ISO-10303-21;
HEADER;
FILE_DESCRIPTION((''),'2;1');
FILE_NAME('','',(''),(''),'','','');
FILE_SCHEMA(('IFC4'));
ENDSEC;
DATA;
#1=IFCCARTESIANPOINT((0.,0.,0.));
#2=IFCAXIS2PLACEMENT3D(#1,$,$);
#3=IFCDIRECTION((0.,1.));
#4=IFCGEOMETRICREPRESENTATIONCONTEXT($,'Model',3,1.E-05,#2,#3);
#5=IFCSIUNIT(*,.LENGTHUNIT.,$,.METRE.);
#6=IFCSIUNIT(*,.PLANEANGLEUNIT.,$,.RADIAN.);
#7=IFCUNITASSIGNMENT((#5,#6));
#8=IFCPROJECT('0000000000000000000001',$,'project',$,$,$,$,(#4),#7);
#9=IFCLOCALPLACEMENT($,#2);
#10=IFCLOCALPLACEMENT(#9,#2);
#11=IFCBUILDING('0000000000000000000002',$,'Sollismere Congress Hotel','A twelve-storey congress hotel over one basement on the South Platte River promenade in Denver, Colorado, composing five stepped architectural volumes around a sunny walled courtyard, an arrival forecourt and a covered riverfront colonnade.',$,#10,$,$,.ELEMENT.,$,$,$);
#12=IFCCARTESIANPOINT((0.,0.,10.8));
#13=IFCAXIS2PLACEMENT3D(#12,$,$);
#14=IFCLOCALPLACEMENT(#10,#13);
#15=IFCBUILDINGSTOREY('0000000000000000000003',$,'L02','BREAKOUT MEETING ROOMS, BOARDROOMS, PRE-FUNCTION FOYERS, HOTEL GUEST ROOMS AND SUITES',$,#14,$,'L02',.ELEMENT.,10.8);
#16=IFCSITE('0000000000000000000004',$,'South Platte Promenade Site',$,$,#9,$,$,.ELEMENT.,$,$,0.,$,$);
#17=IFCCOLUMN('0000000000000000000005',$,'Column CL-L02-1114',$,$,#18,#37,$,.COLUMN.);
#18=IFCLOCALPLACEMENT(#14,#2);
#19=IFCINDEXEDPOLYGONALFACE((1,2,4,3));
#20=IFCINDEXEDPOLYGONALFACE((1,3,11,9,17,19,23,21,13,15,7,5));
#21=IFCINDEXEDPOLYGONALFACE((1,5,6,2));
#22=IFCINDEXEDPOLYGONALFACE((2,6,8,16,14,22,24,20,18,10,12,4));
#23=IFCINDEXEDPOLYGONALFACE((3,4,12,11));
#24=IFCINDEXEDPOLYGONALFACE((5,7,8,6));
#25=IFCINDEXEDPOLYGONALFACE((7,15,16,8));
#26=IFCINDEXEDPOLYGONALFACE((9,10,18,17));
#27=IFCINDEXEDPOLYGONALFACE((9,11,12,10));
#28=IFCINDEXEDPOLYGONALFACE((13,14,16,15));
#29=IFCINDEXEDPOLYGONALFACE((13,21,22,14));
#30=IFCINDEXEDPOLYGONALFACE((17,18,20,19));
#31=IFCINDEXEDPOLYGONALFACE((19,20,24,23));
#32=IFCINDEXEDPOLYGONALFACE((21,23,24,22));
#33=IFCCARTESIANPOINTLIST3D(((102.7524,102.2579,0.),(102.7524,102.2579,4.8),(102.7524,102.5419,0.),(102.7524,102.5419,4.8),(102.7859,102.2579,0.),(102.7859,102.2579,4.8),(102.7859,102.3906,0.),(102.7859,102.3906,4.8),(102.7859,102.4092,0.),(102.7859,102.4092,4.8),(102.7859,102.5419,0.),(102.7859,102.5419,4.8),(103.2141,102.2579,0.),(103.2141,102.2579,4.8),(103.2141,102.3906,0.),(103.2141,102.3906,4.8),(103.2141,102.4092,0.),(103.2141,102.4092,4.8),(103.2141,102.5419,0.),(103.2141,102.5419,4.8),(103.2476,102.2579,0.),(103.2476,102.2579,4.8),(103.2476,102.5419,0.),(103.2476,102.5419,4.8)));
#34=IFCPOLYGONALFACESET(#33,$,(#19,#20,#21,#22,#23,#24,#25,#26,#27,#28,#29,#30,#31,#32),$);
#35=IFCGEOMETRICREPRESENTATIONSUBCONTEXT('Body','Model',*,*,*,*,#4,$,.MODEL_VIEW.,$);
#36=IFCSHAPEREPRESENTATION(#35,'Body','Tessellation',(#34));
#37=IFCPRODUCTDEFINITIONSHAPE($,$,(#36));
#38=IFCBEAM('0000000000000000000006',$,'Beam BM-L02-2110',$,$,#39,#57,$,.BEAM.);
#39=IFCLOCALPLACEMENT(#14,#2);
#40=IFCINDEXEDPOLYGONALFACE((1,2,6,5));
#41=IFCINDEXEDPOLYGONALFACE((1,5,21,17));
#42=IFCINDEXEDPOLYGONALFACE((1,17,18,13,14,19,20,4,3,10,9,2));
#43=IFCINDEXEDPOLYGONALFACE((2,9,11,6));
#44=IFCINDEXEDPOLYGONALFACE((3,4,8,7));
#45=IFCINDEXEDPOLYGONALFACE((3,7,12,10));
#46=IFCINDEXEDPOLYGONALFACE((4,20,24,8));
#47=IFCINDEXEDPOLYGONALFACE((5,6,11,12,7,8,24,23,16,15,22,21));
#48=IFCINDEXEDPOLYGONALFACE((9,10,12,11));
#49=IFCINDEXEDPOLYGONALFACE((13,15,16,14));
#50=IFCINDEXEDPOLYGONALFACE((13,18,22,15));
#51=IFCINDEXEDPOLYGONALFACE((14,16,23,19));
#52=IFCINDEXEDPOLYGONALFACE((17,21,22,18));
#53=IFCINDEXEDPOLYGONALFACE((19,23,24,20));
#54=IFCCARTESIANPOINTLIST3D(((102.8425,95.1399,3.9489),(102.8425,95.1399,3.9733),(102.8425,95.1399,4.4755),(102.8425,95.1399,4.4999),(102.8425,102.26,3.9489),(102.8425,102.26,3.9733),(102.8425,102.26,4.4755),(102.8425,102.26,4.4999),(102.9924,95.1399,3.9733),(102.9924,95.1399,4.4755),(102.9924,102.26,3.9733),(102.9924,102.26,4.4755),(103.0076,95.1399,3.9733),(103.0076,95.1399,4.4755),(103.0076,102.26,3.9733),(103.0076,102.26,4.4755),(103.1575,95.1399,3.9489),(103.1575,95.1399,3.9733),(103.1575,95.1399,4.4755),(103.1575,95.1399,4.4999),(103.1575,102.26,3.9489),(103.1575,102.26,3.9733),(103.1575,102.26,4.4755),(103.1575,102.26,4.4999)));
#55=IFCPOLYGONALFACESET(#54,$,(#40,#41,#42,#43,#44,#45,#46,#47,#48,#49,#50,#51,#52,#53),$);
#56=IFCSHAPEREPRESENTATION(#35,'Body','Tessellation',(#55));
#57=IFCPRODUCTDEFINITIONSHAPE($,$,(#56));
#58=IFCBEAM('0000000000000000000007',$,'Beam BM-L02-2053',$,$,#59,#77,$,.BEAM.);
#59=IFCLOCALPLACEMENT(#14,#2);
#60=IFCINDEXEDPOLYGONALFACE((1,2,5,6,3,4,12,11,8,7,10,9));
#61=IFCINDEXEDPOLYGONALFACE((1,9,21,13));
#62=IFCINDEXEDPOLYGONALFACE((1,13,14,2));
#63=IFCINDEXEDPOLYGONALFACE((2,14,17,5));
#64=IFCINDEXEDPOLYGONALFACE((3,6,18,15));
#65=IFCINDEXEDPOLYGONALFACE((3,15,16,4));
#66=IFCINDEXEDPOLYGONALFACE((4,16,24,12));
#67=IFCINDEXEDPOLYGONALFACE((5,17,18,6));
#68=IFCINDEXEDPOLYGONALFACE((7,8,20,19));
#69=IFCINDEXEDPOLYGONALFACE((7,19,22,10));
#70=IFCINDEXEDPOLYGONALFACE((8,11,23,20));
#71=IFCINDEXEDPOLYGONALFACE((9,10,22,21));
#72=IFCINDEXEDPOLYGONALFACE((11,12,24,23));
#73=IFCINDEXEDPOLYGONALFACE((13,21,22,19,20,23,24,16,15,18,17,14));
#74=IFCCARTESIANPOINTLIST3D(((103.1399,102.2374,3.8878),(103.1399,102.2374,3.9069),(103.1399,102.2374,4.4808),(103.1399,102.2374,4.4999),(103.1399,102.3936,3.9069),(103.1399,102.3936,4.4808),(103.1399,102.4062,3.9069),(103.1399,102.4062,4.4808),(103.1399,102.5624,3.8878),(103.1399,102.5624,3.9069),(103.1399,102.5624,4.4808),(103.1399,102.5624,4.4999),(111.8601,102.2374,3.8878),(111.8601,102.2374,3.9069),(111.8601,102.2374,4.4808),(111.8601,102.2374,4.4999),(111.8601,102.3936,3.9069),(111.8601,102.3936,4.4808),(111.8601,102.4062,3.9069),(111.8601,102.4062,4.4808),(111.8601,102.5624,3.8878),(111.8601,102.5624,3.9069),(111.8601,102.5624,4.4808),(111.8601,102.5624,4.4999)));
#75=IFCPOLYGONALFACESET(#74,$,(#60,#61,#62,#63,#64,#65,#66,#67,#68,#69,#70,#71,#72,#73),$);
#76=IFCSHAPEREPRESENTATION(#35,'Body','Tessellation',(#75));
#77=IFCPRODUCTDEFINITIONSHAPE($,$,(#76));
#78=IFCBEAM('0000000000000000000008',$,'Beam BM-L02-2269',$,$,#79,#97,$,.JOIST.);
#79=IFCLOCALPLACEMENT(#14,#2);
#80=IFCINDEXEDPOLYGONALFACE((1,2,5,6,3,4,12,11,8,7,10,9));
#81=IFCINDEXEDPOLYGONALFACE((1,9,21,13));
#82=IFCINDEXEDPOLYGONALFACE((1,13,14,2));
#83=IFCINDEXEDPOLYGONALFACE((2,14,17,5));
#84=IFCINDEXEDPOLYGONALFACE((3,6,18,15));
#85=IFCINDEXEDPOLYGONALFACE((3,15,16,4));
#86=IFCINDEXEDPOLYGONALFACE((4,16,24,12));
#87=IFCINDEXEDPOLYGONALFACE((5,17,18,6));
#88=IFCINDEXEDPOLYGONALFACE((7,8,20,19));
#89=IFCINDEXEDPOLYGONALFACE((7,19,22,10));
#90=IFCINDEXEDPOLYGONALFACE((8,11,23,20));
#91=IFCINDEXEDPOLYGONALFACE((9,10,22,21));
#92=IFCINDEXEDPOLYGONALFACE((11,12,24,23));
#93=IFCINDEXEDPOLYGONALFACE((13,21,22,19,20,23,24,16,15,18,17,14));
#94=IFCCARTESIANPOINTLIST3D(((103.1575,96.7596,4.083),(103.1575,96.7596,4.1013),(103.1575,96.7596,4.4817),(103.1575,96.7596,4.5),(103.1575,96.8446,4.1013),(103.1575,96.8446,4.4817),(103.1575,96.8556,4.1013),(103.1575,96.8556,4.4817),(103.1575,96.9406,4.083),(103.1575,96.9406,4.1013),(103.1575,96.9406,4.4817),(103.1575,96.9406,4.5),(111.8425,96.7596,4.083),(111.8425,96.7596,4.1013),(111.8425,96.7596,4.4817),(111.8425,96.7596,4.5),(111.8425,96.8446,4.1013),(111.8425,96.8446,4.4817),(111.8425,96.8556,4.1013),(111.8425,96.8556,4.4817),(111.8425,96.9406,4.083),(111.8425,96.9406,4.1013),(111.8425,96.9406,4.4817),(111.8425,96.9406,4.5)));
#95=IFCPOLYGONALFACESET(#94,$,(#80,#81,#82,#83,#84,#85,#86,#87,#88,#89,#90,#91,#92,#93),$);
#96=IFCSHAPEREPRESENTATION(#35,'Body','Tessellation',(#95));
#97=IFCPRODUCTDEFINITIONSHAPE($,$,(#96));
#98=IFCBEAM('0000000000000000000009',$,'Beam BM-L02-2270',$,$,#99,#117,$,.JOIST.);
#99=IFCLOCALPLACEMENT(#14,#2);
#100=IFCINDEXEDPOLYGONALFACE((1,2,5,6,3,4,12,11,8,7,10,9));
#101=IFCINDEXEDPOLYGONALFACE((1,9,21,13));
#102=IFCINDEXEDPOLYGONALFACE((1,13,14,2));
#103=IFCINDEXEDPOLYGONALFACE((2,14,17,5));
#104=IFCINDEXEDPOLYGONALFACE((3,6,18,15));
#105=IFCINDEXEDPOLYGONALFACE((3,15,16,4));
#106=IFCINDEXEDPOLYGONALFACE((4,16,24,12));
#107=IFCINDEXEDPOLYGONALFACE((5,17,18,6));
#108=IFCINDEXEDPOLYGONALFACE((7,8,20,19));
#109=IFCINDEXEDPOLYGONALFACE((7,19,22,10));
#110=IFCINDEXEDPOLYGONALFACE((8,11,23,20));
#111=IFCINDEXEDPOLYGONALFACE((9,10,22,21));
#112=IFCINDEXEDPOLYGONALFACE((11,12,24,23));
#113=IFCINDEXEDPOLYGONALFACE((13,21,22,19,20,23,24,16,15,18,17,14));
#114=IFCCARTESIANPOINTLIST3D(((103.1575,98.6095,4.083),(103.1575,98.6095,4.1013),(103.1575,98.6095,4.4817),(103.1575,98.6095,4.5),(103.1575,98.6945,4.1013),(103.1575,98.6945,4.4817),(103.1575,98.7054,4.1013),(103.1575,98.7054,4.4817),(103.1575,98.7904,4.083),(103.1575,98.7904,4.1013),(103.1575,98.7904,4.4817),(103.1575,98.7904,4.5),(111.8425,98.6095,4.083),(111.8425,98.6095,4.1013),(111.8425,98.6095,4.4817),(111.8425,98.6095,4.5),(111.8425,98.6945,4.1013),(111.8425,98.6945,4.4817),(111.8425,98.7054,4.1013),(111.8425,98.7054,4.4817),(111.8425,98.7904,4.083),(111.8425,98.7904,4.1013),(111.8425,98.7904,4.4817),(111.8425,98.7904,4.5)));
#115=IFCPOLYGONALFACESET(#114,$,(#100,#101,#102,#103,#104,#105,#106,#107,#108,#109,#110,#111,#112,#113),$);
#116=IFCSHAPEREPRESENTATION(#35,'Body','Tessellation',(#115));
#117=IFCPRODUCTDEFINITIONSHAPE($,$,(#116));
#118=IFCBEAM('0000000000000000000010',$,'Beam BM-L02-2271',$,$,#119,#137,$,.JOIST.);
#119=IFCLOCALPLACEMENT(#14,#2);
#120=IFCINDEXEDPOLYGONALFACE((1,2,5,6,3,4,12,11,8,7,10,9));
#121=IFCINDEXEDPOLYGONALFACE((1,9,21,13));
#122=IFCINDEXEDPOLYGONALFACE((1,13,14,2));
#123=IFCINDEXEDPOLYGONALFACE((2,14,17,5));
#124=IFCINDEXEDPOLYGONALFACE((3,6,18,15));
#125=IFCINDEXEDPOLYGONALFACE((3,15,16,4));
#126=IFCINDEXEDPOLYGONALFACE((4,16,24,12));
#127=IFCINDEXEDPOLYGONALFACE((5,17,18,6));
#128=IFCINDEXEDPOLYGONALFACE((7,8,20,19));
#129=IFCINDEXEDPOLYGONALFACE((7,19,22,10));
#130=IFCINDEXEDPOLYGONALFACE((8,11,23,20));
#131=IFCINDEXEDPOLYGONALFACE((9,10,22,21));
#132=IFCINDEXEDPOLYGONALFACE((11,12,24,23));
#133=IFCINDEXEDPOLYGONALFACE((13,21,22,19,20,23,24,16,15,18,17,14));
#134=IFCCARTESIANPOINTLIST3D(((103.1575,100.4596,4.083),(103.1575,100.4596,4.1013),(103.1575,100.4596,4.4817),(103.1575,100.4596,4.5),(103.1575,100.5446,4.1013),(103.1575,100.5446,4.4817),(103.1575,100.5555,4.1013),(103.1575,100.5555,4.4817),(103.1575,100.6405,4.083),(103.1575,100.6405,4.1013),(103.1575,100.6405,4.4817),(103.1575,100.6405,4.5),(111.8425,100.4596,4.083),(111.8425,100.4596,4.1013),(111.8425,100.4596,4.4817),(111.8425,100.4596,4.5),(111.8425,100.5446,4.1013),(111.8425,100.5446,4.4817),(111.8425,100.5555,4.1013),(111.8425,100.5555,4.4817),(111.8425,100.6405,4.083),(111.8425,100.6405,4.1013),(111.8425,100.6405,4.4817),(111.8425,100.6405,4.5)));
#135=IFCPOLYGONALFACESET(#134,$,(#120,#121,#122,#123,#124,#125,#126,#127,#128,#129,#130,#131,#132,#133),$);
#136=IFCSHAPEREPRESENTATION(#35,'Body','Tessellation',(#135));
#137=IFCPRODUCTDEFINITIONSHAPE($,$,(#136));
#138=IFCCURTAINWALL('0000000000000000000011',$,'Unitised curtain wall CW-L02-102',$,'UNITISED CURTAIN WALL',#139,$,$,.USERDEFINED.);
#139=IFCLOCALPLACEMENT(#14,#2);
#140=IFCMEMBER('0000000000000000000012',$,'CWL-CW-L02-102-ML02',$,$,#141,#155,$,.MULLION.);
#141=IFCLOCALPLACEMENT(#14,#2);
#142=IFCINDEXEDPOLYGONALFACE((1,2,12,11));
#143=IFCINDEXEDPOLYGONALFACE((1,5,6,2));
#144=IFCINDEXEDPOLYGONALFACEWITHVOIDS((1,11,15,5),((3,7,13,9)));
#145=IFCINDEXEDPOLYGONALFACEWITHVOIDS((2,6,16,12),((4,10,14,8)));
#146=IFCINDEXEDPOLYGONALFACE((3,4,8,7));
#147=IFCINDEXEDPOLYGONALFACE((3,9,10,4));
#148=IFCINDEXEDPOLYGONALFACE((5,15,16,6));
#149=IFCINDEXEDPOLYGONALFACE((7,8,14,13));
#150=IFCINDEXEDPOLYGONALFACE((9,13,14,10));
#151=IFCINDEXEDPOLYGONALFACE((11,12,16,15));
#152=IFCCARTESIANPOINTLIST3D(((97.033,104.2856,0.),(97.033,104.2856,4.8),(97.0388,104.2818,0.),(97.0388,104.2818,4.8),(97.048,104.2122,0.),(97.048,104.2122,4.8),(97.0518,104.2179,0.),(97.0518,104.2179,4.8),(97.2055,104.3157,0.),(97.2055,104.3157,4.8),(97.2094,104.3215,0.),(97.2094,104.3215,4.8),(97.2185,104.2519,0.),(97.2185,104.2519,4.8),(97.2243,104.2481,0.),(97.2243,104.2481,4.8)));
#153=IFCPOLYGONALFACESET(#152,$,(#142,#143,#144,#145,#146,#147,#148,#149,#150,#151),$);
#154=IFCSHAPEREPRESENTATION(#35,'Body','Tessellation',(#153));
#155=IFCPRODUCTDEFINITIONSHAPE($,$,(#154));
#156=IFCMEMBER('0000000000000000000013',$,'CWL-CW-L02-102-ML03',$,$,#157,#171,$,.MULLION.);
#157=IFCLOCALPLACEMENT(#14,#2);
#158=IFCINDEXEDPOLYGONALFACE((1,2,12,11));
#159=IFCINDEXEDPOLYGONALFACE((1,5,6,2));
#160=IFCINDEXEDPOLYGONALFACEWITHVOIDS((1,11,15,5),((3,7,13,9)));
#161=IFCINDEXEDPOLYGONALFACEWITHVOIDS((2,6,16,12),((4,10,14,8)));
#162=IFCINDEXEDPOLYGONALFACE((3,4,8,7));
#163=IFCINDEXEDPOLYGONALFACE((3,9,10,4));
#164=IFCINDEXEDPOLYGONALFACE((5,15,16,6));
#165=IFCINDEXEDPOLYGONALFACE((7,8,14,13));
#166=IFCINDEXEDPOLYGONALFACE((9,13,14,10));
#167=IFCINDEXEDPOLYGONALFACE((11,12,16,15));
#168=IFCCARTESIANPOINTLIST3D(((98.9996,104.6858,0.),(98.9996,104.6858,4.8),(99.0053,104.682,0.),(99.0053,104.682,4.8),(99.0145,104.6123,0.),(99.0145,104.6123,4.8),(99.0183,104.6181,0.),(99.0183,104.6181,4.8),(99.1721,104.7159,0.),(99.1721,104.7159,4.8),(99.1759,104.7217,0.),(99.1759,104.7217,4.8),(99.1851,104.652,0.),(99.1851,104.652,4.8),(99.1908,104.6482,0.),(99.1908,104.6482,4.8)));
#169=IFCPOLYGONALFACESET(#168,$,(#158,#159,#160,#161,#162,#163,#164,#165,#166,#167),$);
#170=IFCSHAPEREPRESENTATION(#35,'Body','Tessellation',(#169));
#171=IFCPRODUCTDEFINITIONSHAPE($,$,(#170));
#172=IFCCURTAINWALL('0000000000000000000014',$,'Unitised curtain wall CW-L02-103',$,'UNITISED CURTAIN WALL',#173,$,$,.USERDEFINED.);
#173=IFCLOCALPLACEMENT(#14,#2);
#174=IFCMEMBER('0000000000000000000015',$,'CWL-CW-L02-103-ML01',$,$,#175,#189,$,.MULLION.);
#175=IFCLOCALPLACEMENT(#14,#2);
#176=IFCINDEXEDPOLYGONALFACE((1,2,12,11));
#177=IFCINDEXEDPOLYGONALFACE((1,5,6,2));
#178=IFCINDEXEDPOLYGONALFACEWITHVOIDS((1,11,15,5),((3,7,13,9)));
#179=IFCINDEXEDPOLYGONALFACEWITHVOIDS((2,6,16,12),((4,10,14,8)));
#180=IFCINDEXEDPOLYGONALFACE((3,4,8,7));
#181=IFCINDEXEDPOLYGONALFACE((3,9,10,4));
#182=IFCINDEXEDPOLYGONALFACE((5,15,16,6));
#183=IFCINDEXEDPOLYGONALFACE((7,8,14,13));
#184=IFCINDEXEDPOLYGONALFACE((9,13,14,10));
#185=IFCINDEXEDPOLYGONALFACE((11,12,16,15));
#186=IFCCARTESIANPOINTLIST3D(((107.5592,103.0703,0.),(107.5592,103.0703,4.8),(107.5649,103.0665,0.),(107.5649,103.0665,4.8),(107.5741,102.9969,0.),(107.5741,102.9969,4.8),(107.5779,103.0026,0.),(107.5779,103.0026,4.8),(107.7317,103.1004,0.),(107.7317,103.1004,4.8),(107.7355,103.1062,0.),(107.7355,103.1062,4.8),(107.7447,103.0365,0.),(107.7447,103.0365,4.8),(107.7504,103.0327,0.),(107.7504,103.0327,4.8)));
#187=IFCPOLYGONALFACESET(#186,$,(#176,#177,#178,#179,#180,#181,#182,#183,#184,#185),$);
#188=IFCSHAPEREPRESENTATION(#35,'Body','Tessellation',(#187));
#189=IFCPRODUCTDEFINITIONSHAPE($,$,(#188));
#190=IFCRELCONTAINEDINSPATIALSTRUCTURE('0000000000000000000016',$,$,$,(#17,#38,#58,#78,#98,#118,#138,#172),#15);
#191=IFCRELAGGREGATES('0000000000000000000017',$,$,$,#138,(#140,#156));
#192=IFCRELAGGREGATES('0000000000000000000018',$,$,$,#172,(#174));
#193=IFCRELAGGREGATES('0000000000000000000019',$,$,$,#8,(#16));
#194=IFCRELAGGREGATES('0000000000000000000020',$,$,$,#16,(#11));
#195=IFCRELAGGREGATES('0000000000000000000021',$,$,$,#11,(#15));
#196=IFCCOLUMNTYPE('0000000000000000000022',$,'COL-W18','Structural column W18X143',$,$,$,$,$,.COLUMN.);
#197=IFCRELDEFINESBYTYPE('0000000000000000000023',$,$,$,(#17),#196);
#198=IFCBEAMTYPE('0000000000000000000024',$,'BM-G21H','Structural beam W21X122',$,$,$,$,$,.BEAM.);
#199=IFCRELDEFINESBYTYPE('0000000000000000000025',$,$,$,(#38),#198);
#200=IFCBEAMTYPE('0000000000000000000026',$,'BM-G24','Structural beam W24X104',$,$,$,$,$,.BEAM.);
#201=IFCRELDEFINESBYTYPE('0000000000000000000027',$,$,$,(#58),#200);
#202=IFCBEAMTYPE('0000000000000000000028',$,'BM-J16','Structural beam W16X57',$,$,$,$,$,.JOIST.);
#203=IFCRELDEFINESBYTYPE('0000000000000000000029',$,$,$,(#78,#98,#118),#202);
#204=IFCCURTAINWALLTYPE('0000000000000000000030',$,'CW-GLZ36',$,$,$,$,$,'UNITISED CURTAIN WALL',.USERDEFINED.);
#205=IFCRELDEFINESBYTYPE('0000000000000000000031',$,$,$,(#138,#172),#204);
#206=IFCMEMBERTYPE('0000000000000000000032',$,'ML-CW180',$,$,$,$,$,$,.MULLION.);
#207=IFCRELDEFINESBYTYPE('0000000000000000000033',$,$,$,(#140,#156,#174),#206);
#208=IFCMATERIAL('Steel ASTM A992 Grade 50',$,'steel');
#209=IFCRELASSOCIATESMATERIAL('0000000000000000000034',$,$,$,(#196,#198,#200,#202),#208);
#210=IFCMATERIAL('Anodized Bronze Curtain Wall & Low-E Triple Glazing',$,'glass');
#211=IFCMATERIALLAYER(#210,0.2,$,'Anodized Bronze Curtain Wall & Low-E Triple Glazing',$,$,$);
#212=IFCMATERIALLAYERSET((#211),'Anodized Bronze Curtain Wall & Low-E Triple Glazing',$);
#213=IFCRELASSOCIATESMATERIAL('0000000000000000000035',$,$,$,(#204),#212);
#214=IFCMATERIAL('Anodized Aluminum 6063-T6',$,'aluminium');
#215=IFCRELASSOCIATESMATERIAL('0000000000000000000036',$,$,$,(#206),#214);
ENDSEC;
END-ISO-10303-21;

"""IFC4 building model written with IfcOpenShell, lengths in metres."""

from ifc_helpers import new_model, si_unit, direction, frame, origin, origin_2d, place, context, subcontext, project, spatial, hollow_rectangle, i_section, extrude, material, layer, layer_set, material_profile, profile_set, type_object, element, aggregate, save


model = new_model("IFC4")

# Units and contexts
model_context = context("Model", 3, precision=1e-05, world=origin(), true_north=direction((0.0, 1.0)))
body_context = subcontext(model_context, "Body", "Model", "MODEL_VIEW")
ifc_project = project(units=[si_unit("LENGTHUNIT", "METRE"), si_unit("PLANEANGLEUNIT", "RADIAN")], contexts=[model_context])

# Site, building, storey
site_placement = place(None, origin())
site = spatial("IfcSite", under=ifc_project, at=site_placement, Name="South Platte Promenade Site", CompositionType="ELEMENT", RefElevation=0.0)
building_placement = place(site_placement, origin())
building = spatial("IfcBuilding", under=site, at=building_placement, Name="Sollismere Congress Hotel", Description="A twelve-storey congress hotel over one basement on the South Platte River promenade in Denver, Colorado, composing five stepped architectural volumes around a sunny walled courtyard, an arrival forecourt and a covered riverfront colonnade.", CompositionType="ELEMENT")
storey_placement = place(building_placement, frame((0.0, 0.0, 10.8)))
storey = spatial("IfcBuildingStorey", under=building, at=storey_placement, Name="L02", Description="BREAKOUT MEETING ROOMS, BOARDROOMS, PRE-FUNCTION FOYERS, HOTEL GUEST ROOMS AND SUITES", LongName="L02", CompositionType="ELEMENT", Elevation=10.8)

# Column
ifc_material_1 = material(Name="Steel ASTM A992 Grade 50", Category="steel")
ifc_material_profile_1 = material_profile(ifc_material_1, i_section(OverallWidth=0.2839, OverallDepth=0.4951, WebThickness=0.0186, FlangeThickness=0.0334, at=origin_2d()), Name="W18X143")
ifc_profile_set_1 = profile_set([ifc_material_profile_1], Name="Steel ASTM A992 Grade 50")
column_type = type_object("IfcColumnType", Name="COL-W18", Description="Structural column W18X143", PredefinedType="COLUMN", material=ifc_profile_set_1)
column_placement = place(storey_placement, frame((103.0, 102.3999, 0.0), z_axis=(0.0, 0.0, 1.0), x_axis=(0.0, 1.0, 0.0)))
element("IfcColumn", 1, at=column_placement, inside=storey, type_object=column_type, Name="Column CL-L02-1114", PredefinedType="COLUMN", context=body_context, shape_type="SweptSolid", body=[
    extrude(i_section(OverallWidth=0.2839, OverallDepth=0.4951, WebThickness=0.0186, FlangeThickness=0.0334, at=origin_2d()), origin(), (0.0, 0.0, 1.0), 4.8),
])

# Beams
ifc_material_profile_2 = material_profile(ifc_material_1, i_section(OverallWidth=0.3149, OverallDepth=0.551, WebThickness=0.0151, FlangeThickness=0.0244, at=origin_2d()), Name="W21X122")
ifc_profile_set_2 = profile_set([ifc_material_profile_2], Name="Steel ASTM A992 Grade 50")
beam_type_1 = type_object("IfcBeamType", Name="BM-G21H", Description="Structural beam W21X122", PredefinedType="BEAM", material=ifc_profile_set_2)
beam_1_placement = place(storey_placement, frame((103.0, 95.1399, 4.2244), z_axis=(0.0, 1.0, 0.0), x_axis=(-1.0, 0.0, 0.0)))
element("IfcBeam", 2, at=beam_1_placement, inside=storey, type_object=beam_type_1, Name="Beam BM-L02-2110", PredefinedType="BEAM", context=body_context, shape_type="SweptSolid", body=[
    extrude(i_section(OverallWidth=0.3149, OverallDepth=0.551, WebThickness=0.0151, FlangeThickness=0.0244, at=origin_2d()), origin(), (0.0, 0.0, 1.0), 7.1201),
])
ifc_material_profile_3 = material_profile(ifc_material_1, i_section(OverallWidth=0.325, OverallDepth=0.6121, WebThickness=0.0127, FlangeThickness=0.019, at=origin_2d()), Name="W24X104")
ifc_profile_set_3 = profile_set([ifc_material_profile_3], Name="Steel ASTM A992 Grade 50")
beam_type_2 = type_object("IfcBeamType", Name="BM-G24", Description="Structural beam W24X104", PredefinedType="BEAM", material=ifc_profile_set_3)
beam_2_placement = place(storey_placement, frame((103.1399, 102.3999, 4.1938), z_axis=(1.0, 0.0, 0.0), x_axis=(0.0, 1.0, 0.0)))
element("IfcBeam", 3, at=beam_2_placement, inside=storey, type_object=beam_type_2, Name="Beam BM-L02-2053", PredefinedType="BEAM", context=body_context, shape_type="SweptSolid", body=[
    extrude(i_section(OverallWidth=0.325, OverallDepth=0.6121, WebThickness=0.0127, FlangeThickness=0.019, at=origin_2d()), origin(), (0.0, 0.0, 1.0), 8.7202),
])
ifc_material_profile_4 = material_profile(ifc_material_1, i_section(OverallWidth=0.1809, OverallDepth=0.417, WebThickness=0.011, FlangeThickness=0.0183, at=origin_2d()), Name="W16X57")
ifc_profile_set_4 = profile_set([ifc_material_profile_4], Name="Steel ASTM A992 Grade 50")
beam_type_3 = type_object("IfcBeamType", Name="BM-J16", Description="Structural beam W16X57", PredefinedType="JOIST", material=ifc_profile_set_4)
for number, where, z_axis, x_axis, name in (
    (4, (103.1575, 96.8501, 4.2915), (1.0, 0.0, 0.0), (0.0, 1.0, 0.0), "Beam BM-L02-2269"),
    (5, (103.1575, 98.7, 4.2915), (1.0, 0.0, 0.0), (0.0, 1.0, 0.0), "Beam BM-L02-2270"),
    (6, (103.1575, 100.55, 4.2915), (1.0, 0.0, 0.0), (0.0, 1.0, 0.0), "Beam BM-L02-2271"),
):
    element("IfcBeam", number, at=place(storey_placement, frame(where, z_axis=z_axis, x_axis=x_axis)), inside=storey, type_object=beam_type_3, Name=name, PredefinedType="JOIST", context=body_context, shape_type="SweptSolid", body=[
        extrude(i_section(OverallWidth=0.1809, OverallDepth=0.417, WebThickness=0.011, FlangeThickness=0.0183, at=origin_2d()), origin(), (0.0, 0.0, 1.0), 8.6851),
    ])

# Curtain walls, members
ifc_material_2 = material(Name="Anodized Bronze Curtain Wall & Low-E Triple Glazing", Category="glass")
ifc_layer_1 = layer(ifc_material_2, 0.2, Name="Anodized Bronze Curtain Wall & Low-E Triple Glazing")
ifc_layer_set_1 = layer_set([ifc_layer_1], Name="Anodized Bronze Curtain Wall & Low-E Triple Glazing")
curtain_wall_type = type_object("IfcCurtainWallType", Name="CW-GLZ36", ElementType="UNITISED CURTAIN WALL", PredefinedType="USERDEFINED", material=ifc_layer_set_1)
curtain_wall_1_placement = place(storey_placement, origin())
curtain_wall_1 = element("IfcCurtainWall", 7, at=curtain_wall_1_placement, inside=storey, type_object=curtain_wall_type, Name="Unitised curtain wall CW-L02-102", ObjectType="UNITISED CURTAIN WALL", PredefinedType="USERDEFINED")
ifc_material_3 = material(Name="Anodized Aluminum 6063-T6", Category="aluminium")
ifc_material_profile_5 = material_profile(ifc_material_3, hollow_rectangle(XDim=0.075, YDim=0.1799, WallThickness=0.0049, at=origin_2d()), Name="ALU180X75X5")
ifc_profile_set_5 = profile_set([ifc_material_profile_5], Name="Anodized Aluminum 6063-T6")
member_type_1 = type_object("IfcMemberType", Name="ML-CW180", PredefinedType="MULLION", material=ifc_profile_set_5)
member_1_placement = place(storey_placement, frame((97.1287, 104.2668, 0.0), z_axis=(0.0, 0.0, 1.0), x_axis=(-0.199368, 0.979925, 0.0)))
member_1 = element("IfcMember", 8, at=member_1_placement, type_object=member_type_1, Name="CWL-CW-L02-102-ML02", PredefinedType="MULLION", context=body_context, shape_type="SweptSolid", body=[
    extrude(hollow_rectangle(XDim=0.075, YDim=0.1799, WallThickness=0.0049, at=origin_2d()), origin(), (0.0, 0.0, 1.0), 4.8),
])
member_2_placement = place(storey_placement, frame((99.0952, 104.667, 0.0), z_axis=(0.0, 0.0, 1.0), x_axis=(-0.199368, 0.979925, 0.0)))
member_2 = element("IfcMember", 9, at=member_2_placement, type_object=member_type_1, Name="CWL-CW-L02-102-ML03", PredefinedType="MULLION", context=body_context, shape_type="SweptSolid", body=[
    extrude(hollow_rectangle(XDim=0.075, YDim=0.1799, WallThickness=0.0049, at=origin_2d()), origin(), (0.0, 0.0, 1.0), 4.8),
])
curtain_wall_2_placement = place(storey_placement, origin())
curtain_wall_2 = element("IfcCurtainWall", 10, at=curtain_wall_2_placement, inside=storey, type_object=curtain_wall_type, Name="Unitised curtain wall CW-L02-103", ObjectType="UNITISED CURTAIN WALL", PredefinedType="USERDEFINED")
member_3_placement = place(storey_placement, frame((107.6548, 103.0515, 0.0), z_axis=(0.0, 0.0, 1.0), x_axis=(-0.199368, 0.979925, 0.0)))
member_3 = element("IfcMember", 11, at=member_3_placement, type_object=member_type_1, Name="CWL-CW-L02-103-ML01", PredefinedType="MULLION", context=body_context, shape_type="SweptSolid", body=[
    extrude(hollow_rectangle(XDim=0.075, YDim=0.1799, WallThickness=0.0049, at=origin_2d()), origin(), (0.0, 0.0, 1.0), 4.8),
])

aggregate(curtain_wall_1, [member_1, member_2])
aggregate(curtain_wall_2, [member_3])

save(model, "model.ifc")
